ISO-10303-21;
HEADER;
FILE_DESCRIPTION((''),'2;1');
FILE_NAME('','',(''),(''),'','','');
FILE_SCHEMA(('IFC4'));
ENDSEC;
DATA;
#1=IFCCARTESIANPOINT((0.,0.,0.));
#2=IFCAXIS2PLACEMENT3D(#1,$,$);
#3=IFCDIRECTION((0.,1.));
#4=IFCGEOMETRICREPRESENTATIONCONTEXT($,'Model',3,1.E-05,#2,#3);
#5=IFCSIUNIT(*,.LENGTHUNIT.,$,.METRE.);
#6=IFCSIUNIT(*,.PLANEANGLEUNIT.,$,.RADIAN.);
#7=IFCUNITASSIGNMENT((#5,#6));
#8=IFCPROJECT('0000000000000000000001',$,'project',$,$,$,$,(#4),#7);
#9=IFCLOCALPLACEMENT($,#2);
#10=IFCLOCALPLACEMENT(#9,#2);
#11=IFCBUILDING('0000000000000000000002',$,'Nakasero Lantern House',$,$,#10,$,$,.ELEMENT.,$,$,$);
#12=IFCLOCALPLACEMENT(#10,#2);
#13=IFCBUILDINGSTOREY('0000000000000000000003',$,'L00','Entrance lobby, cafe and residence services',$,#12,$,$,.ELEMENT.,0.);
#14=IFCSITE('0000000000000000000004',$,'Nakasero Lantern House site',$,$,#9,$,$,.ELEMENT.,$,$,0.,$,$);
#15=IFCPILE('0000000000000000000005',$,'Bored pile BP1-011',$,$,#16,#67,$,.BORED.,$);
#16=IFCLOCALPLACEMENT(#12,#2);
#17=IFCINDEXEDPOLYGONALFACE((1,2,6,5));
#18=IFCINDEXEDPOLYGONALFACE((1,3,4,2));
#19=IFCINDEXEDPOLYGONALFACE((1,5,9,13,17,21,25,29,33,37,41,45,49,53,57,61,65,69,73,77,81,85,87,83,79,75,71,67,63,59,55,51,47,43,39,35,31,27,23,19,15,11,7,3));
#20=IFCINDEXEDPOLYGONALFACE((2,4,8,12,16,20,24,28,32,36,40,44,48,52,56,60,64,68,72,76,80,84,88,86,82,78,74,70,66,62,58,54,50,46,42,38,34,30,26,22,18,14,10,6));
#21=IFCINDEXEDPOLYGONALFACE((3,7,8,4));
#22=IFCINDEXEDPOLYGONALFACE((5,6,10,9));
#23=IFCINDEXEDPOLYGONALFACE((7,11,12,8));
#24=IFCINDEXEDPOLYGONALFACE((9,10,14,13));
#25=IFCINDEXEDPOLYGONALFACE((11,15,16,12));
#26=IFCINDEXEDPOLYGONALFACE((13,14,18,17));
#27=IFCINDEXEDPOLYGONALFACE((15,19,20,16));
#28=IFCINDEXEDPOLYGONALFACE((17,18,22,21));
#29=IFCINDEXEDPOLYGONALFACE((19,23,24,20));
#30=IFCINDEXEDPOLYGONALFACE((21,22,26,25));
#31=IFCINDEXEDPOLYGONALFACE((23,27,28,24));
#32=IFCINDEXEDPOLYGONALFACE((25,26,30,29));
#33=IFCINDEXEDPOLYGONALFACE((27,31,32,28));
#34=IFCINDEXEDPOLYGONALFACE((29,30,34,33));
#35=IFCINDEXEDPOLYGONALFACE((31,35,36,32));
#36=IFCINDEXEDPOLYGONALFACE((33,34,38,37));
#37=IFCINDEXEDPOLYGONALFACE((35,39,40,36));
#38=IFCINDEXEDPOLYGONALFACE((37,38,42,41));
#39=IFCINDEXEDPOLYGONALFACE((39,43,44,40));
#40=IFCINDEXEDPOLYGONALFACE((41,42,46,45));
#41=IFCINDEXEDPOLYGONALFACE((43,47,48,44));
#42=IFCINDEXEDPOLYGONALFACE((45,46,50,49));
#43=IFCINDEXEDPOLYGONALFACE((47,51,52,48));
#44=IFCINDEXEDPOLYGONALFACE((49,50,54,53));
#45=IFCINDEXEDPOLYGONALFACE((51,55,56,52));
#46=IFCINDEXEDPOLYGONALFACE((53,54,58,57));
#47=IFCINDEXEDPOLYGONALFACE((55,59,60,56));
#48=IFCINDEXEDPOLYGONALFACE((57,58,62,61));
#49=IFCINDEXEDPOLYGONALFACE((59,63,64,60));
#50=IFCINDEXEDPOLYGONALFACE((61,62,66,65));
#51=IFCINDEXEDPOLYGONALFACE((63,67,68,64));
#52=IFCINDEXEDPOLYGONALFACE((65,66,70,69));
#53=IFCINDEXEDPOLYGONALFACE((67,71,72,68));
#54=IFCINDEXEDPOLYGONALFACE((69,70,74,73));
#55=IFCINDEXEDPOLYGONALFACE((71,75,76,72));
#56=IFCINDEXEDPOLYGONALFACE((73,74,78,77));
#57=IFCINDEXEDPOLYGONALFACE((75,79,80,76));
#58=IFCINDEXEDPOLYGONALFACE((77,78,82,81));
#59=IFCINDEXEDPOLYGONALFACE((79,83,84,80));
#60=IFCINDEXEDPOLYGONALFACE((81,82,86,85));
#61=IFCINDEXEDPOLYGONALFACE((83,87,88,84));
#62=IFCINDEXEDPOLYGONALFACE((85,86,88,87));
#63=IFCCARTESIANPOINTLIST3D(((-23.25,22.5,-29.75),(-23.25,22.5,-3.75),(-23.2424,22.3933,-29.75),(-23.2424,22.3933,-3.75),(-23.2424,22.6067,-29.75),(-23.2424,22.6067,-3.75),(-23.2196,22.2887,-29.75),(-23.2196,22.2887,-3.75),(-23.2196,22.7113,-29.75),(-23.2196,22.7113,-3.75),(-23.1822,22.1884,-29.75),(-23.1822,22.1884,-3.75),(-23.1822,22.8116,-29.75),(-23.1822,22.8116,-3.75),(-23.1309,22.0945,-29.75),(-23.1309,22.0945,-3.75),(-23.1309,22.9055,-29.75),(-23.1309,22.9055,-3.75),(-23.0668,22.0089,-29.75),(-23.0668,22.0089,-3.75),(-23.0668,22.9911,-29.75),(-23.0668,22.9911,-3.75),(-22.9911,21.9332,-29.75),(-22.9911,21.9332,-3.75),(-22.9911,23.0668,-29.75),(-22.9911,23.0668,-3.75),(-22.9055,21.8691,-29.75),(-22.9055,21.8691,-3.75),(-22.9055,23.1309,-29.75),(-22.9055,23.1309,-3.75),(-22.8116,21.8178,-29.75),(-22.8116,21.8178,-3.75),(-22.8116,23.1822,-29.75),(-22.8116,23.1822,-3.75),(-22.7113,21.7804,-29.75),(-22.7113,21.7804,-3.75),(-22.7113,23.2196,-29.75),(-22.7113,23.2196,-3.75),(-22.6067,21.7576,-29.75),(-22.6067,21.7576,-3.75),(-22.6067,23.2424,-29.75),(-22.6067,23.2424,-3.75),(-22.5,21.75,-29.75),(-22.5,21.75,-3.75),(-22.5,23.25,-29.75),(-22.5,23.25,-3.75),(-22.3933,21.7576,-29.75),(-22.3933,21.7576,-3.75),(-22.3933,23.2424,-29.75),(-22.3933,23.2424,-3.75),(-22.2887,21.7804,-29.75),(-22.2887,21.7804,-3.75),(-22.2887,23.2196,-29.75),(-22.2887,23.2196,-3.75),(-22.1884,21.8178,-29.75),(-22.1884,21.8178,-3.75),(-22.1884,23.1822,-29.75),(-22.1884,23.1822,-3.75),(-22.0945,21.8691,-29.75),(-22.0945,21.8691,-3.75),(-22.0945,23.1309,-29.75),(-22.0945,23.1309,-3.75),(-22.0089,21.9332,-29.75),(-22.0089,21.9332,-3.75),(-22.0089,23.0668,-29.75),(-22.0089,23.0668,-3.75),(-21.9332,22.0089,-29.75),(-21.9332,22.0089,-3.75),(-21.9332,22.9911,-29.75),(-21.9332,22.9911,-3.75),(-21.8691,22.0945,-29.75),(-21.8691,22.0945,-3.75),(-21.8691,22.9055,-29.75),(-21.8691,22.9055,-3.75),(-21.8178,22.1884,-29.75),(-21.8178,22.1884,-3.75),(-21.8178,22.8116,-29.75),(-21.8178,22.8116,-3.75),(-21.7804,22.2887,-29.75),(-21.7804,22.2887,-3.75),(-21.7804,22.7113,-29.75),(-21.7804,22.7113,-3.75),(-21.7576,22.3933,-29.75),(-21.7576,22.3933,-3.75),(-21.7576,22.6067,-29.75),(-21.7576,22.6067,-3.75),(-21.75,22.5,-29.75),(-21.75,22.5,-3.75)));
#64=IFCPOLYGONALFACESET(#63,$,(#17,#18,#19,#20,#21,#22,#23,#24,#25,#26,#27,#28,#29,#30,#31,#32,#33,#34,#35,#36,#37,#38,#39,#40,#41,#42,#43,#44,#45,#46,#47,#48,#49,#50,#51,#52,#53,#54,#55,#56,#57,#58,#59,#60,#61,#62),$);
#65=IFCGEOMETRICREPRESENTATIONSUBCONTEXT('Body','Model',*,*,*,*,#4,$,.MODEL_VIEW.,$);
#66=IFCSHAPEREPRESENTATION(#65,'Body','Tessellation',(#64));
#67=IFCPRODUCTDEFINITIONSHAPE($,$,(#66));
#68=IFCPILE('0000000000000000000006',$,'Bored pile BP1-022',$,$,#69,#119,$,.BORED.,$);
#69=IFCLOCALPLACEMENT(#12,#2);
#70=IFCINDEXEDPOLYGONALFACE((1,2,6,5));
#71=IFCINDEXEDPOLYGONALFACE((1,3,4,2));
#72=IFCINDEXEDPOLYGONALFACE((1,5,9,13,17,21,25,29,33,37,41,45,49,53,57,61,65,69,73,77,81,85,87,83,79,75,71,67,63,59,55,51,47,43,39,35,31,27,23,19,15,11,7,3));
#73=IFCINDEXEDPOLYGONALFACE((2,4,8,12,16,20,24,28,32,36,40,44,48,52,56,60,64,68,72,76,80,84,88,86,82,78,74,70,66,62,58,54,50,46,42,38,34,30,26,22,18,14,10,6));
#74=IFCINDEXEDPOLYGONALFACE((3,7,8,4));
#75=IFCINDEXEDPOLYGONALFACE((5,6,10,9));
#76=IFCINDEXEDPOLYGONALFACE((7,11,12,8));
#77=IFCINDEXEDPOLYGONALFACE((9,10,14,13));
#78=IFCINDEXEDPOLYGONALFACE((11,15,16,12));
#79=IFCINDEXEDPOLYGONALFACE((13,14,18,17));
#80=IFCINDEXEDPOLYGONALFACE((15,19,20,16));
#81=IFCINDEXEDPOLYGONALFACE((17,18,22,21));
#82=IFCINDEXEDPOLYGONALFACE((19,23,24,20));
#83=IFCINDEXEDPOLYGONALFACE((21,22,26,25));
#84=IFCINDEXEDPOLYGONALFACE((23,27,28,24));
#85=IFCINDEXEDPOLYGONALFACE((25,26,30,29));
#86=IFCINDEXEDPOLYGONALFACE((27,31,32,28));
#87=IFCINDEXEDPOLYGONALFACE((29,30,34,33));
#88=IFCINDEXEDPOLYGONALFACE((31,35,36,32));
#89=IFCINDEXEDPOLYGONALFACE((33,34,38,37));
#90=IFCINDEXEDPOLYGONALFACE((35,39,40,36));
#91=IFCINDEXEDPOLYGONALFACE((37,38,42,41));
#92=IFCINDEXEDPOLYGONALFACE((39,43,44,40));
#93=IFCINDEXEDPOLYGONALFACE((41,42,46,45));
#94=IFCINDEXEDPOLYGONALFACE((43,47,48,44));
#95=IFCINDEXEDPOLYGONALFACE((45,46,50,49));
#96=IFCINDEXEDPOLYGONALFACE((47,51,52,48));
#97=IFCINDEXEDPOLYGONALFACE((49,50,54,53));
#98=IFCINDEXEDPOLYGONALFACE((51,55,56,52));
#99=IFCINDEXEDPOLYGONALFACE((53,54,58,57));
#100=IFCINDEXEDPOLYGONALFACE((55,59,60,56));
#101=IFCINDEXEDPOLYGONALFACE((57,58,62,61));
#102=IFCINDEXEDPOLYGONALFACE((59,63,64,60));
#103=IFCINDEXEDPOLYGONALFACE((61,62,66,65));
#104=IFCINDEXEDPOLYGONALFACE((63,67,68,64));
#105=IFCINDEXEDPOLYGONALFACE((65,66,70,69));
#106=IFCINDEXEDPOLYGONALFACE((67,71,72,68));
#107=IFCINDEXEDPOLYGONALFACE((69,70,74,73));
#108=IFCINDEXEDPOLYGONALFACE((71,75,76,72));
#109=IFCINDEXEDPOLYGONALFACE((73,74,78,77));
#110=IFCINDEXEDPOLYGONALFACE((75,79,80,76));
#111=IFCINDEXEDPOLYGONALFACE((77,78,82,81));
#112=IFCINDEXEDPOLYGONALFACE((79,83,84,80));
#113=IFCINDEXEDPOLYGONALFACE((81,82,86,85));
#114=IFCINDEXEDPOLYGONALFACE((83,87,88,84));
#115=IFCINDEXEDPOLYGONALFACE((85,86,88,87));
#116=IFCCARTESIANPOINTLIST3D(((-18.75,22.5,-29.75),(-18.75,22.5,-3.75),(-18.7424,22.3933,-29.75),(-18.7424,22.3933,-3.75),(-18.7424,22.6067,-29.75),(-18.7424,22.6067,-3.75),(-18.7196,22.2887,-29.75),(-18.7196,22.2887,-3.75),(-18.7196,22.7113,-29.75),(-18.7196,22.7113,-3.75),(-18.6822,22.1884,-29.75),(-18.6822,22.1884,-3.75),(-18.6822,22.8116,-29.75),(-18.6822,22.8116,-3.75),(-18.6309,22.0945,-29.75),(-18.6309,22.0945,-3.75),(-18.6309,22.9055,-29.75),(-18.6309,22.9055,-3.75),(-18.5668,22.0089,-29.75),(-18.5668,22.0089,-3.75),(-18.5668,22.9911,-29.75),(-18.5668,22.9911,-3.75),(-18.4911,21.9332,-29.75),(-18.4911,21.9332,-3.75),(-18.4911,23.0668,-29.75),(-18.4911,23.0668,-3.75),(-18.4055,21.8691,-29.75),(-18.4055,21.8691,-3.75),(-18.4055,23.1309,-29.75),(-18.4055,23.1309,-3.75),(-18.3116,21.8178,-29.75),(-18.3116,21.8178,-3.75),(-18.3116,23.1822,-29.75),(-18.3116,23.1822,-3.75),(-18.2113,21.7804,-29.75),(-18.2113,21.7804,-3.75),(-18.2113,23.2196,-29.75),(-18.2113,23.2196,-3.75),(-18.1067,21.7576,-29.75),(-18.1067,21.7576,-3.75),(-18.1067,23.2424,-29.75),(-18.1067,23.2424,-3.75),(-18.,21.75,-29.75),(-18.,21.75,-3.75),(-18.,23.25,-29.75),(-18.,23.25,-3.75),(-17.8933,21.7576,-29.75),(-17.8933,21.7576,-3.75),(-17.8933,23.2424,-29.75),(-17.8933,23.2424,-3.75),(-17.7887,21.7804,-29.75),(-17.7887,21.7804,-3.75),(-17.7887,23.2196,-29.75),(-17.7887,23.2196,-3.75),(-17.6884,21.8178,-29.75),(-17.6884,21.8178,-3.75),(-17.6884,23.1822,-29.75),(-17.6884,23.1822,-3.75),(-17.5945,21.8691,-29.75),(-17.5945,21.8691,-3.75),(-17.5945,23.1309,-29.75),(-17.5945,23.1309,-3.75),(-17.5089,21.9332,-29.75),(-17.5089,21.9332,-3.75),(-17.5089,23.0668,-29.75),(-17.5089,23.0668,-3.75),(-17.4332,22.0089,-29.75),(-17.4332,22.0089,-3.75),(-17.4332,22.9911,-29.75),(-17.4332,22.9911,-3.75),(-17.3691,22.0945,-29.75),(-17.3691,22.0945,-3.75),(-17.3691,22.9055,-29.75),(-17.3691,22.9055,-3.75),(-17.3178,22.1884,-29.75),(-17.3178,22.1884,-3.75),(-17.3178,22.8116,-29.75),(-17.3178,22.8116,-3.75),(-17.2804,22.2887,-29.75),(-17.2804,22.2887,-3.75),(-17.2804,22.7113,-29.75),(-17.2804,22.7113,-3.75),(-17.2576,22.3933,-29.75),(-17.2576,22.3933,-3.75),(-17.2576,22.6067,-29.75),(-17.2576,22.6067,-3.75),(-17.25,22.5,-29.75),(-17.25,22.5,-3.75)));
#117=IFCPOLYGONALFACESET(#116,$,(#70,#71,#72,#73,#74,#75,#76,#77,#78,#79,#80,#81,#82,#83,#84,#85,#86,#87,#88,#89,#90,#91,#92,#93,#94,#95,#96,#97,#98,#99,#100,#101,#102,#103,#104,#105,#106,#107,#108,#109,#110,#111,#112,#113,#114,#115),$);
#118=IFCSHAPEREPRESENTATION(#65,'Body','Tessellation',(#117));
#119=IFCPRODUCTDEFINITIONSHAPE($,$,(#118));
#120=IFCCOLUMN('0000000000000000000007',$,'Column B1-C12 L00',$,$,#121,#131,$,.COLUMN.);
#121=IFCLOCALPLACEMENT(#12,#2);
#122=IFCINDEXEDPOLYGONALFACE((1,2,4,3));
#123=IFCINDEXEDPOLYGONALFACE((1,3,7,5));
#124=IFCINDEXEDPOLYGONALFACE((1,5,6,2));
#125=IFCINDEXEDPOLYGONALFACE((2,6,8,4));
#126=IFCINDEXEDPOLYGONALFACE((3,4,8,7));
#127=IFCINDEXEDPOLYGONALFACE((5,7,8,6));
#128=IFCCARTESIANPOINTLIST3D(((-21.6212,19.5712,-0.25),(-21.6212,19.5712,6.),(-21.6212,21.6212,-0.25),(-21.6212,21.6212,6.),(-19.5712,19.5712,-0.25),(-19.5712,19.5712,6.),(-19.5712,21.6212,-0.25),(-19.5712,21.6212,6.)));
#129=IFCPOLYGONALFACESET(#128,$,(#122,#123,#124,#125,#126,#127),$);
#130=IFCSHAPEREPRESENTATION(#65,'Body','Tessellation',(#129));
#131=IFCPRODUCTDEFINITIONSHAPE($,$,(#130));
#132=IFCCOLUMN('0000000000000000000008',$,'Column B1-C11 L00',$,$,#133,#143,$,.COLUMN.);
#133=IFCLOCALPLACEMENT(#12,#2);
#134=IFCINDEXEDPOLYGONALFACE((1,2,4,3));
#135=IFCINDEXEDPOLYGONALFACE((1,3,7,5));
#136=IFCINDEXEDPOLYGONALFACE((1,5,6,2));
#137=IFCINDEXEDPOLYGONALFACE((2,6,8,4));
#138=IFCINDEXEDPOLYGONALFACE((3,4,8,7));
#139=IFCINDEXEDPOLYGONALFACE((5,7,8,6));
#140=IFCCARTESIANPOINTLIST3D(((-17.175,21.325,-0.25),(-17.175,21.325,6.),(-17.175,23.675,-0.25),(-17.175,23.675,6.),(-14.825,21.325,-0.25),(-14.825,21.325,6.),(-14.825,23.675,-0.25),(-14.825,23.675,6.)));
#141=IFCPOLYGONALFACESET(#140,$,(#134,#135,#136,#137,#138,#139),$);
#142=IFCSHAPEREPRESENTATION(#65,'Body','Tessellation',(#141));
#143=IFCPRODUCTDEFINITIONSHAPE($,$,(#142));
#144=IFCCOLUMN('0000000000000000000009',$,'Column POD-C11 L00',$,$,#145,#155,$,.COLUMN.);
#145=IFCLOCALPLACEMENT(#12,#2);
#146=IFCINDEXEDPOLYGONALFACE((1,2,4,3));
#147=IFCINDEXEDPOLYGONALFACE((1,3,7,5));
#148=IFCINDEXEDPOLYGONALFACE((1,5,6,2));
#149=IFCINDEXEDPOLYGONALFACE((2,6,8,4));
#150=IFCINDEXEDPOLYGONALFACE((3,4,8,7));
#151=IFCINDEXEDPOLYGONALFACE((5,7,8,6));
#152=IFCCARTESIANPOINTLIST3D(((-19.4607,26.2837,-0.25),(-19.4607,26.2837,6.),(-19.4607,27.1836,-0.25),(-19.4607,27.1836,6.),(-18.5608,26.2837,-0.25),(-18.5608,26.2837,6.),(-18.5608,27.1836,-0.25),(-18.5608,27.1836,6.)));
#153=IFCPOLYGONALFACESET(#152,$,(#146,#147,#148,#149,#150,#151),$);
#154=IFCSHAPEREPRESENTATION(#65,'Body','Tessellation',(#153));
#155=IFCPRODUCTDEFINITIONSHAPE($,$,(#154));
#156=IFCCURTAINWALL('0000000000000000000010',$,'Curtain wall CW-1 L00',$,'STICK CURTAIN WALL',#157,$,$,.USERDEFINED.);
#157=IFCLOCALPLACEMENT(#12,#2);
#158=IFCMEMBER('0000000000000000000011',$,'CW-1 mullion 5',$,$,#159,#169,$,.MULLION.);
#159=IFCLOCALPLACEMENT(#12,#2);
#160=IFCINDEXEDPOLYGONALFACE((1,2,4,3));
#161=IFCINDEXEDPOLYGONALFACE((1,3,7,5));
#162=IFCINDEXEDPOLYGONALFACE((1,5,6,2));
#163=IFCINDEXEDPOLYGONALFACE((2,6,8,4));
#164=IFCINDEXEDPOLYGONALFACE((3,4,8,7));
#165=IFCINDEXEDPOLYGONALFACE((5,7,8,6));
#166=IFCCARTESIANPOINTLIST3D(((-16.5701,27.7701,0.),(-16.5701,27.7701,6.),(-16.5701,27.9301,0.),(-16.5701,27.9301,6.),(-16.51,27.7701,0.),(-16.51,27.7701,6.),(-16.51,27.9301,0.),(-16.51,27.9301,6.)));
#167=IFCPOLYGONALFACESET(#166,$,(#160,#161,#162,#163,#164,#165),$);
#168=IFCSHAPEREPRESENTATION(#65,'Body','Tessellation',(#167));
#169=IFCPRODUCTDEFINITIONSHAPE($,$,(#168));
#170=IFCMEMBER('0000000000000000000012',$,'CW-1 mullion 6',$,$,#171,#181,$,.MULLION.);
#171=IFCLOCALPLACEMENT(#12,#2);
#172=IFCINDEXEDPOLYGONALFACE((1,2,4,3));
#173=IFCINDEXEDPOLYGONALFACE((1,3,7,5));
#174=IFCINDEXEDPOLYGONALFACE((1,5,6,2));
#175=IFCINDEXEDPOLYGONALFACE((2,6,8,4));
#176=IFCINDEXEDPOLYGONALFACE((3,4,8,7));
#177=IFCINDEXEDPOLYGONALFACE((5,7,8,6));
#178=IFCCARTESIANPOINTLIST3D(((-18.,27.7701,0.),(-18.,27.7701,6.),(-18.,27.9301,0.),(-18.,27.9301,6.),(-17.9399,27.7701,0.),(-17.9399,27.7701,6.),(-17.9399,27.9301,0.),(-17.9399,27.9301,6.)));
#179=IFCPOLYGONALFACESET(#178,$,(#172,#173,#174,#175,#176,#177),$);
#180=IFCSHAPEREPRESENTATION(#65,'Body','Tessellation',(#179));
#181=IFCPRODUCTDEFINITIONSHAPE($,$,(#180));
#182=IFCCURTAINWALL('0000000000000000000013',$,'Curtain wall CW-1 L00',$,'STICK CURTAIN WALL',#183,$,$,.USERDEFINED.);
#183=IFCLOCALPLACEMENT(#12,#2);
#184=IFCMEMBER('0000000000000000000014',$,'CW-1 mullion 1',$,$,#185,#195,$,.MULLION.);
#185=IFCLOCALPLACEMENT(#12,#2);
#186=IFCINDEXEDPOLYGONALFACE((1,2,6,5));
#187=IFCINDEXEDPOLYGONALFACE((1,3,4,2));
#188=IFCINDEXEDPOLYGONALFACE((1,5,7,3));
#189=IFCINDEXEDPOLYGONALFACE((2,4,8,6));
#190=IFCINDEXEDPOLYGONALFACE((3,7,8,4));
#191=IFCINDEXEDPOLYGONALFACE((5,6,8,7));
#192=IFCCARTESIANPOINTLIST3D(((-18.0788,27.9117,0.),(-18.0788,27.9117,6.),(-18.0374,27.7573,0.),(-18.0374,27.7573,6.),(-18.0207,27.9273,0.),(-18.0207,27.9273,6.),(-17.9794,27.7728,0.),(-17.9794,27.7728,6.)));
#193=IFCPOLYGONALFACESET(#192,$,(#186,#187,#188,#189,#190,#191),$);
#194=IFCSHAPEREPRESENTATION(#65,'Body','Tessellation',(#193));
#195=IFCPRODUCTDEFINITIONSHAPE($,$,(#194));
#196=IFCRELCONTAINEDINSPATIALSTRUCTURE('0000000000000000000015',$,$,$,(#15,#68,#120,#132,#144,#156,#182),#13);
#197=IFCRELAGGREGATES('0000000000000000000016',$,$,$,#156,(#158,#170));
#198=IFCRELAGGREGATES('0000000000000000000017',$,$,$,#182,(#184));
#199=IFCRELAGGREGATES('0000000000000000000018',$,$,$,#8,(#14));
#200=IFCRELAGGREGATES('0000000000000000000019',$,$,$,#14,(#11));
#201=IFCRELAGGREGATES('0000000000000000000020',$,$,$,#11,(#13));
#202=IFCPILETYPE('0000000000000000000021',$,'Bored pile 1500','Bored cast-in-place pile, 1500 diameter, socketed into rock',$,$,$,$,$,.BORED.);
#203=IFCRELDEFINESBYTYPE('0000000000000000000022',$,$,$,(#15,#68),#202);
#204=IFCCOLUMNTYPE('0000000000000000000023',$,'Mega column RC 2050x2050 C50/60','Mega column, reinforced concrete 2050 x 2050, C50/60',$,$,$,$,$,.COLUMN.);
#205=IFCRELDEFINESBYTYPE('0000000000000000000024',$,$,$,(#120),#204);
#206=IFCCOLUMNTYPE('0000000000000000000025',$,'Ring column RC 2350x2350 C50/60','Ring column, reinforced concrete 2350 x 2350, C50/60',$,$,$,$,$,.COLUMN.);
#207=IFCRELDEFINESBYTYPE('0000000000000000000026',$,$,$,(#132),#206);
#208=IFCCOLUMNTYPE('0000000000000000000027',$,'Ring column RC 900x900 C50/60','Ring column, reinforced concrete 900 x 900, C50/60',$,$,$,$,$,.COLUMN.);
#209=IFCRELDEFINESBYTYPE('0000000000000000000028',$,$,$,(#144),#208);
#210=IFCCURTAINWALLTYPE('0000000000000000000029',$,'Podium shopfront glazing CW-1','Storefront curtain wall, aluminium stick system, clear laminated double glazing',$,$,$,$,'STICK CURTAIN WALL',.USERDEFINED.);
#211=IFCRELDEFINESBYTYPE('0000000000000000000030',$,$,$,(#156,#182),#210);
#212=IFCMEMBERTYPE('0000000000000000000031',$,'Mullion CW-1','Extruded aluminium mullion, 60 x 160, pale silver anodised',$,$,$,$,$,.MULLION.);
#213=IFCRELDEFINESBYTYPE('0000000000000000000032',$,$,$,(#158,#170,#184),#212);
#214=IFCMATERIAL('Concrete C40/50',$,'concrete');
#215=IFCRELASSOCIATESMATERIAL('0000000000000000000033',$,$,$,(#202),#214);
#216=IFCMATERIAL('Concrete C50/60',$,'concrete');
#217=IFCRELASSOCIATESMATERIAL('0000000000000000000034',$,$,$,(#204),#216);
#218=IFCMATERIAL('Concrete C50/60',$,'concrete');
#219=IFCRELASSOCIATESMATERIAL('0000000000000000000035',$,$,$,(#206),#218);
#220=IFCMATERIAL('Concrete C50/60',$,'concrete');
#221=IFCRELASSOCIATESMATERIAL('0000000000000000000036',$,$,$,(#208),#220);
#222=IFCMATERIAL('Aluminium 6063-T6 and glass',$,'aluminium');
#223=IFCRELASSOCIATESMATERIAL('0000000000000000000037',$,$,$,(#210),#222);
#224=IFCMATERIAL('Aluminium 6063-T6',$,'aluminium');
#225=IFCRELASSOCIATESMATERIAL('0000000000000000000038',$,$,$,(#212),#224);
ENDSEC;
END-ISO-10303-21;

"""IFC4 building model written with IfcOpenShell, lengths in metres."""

from ifc_helpers import new_model, si_unit, direction, frame, origin, origin_2d, place, context, subcontext, project, spatial, rectangle, circle, extrude, material, material_profile, profile_set, type_object, element, aggregate, save


model = new_model("IFC4")

# Units and contexts
model_context = context("Model", 3, precision=1e-05, world=origin(), true_north=direction((0.0, 1.0)))
body_context = subcontext(model_context, "Body", "Model", "MODEL_VIEW")
ifc_project = project(units=[si_unit("LENGTHUNIT", "METRE"), si_unit("PLANEANGLEUNIT", "RADIAN")], contexts=[model_context])

# Site, building, storey
site_placement = place(None, origin())
site = spatial("IfcSite", under=ifc_project, at=site_placement, Name="Nakasero Lantern House site", CompositionType="ELEMENT", RefElevation=0.0)
building_placement = place(site_placement, origin())
building = spatial("IfcBuilding", under=site, at=building_placement, Name="Nakasero Lantern House", CompositionType="ELEMENT")
storey_placement = place(building_placement, origin())
storey = spatial("IfcBuildingStorey", under=building, at=storey_placement, Name="L00", Description="Entrance lobby, cafe and residence services", CompositionType="ELEMENT", Elevation=0.0)

# Piles
ifc_material_1 = material(Name="Concrete C40/50", Category="concrete")
pile_type = type_object("IfcPileType", Name="Bored pile 1500", Description="Bored cast-in-place pile, 1500 diameter, socketed into rock", PredefinedType="BORED", material=ifc_material_1)
for number, where, z_axis, x_axis, name in (
    (1, (-22.5, 22.5, -3.75), (0.0, 0.0, -1.0), (1.0, 0.0, 0.0), "Bored pile BP1-011"),
    (2, (-18.0, 22.5, -3.75), (0.0, 0.0, -1.0), (1.0, 0.0, 0.0), "Bored pile BP1-022"),
):
    element("IfcPile", number, at=place(storey_placement, frame(where, z_axis=z_axis, x_axis=x_axis)), inside=storey, type_object=pile_type, Name=name, PredefinedType="BORED", context=body_context, shape_type="SweptSolid", body=[
        extrude(circle(Radius=0.75, at=origin_2d()), origin(), (0.0, 0.0, 1.0), 26.0),
    ])

# Columns
ifc_material_2 = material(Name="Concrete C50/60", Category="concrete")
ifc_material_profile_1 = material_profile(ifc_material_2, rectangle(XDim=2.05, YDim=2.05, at=origin_2d()), Name="RC 2050x2050")
ifc_profile_set_1 = profile_set([ifc_material_profile_1], Name="Concrete C50/60")
column_type_1 = type_object("IfcColumnType", Name="Mega column RC 2050x2050 C50/60", Description="Mega column, reinforced concrete 2050 x 2050, C50/60", PredefinedType="COLUMN", material=ifc_profile_set_1)
column_1_placement = place(storey_placement, frame((-20.5962, 20.5962, -0.25), z_axis=(0.0, 0.0, 1.0), x_axis=(1.0, 0.0, 0.0)))
element("IfcColumn", 3, at=column_1_placement, inside=storey, type_object=column_type_1, Name="Column B1-C12 L00", PredefinedType="COLUMN", context=body_context, shape_type="SweptSolid", body=[
    extrude(rectangle(XDim=2.05, YDim=2.05, at=origin_2d()), origin(), (0.0, 0.0, 1.0), 6.25),
])
ifc_material_3 = material(Name="Concrete C50/60", Category="concrete")
ifc_material_profile_2 = material_profile(ifc_material_3, rectangle(XDim=2.3501, YDim=2.3501, at=origin_2d()), Name="RC 2350x2350")
ifc_profile_set_2 = profile_set([ifc_material_profile_2], Name="Concrete C50/60")
column_type_2 = type_object("IfcColumnType", Name="Ring column RC 2350x2350 C50/60", Description="Ring column, reinforced concrete 2350 x 2350, C50/60", PredefinedType="COLUMN", material=ifc_profile_set_2)
column_2_placement = place(storey_placement, frame((-16.0, 22.5, -0.25), z_axis=(0.0, 0.0, 1.0), x_axis=(1.0, 0.0, 0.0)))
element("IfcColumn", 4, at=column_2_placement, inside=storey, type_object=column_type_2, Name="Column B1-C11 L00", PredefinedType="COLUMN", context=body_context, shape_type="SweptSolid", body=[
    extrude(rectangle(XDim=2.3501, YDim=2.3501, at=origin_2d()), origin(), (0.0, 0.0, 1.0), 6.25),
])
ifc_material_4 = material(Name="Concrete C50/60", Category="concrete")
ifc_material_profile_3 = material_profile(ifc_material_4, rectangle(XDim=0.8999, YDim=0.8999, at=origin_2d()), Name="RC 900x900")
ifc_profile_set_3 = profile_set([ifc_material_profile_3], Name="Concrete C50/60")
column_type_3 = type_object("IfcColumnType", Name="Ring column RC 900x900 C50/60", Description="Ring column, reinforced concrete 900 x 900, C50/60", PredefinedType="COLUMN", material=ifc_profile_set_3)
column_3_placement = place(storey_placement, frame((-19.0107, 26.7336, -0.25), z_axis=(0.0, 0.0, 1.0), x_axis=(1.0, 0.0, 0.0)))
element("IfcColumn", 5, at=column_3_placement, inside=storey, type_object=column_type_3, Name="Column POD-C11 L00", PredefinedType="COLUMN", context=body_context, shape_type="SweptSolid", body=[
    extrude(rectangle(XDim=0.8999, YDim=0.8999, at=origin_2d()), origin(), (0.0, 0.0, 1.0), 6.25),
])

# Curtain walls, members
ifc_material_5 = material(Name="Aluminium 6063-T6 and glass", Category="aluminium")
curtain_wall_type = type_object("IfcCurtainWallType", Name="Podium shopfront glazing CW-1", Description="Storefront curtain wall, aluminium stick system, clear laminated double glazing", ElementType="STICK CURTAIN WALL", PredefinedType="USERDEFINED", material=ifc_material_5)
curtain_wall_1_placement = place(storey_placement, origin())
curtain_wall_1 = element("IfcCurtainWall", 6, at=curtain_wall_1_placement, inside=storey, type_object=curtain_wall_type, Name="Curtain wall CW-1 L00", ObjectType="STICK CURTAIN WALL", PredefinedType="USERDEFINED")
ifc_material_6 = material(Name="Aluminium 6063-T6", Category="aluminium")
ifc_material_profile_4 = material_profile(ifc_material_6, rectangle(XDim=0.0601, YDim=0.1599, at=origin_2d()), Name="CW-1 mullion 60x160")
ifc_profile_set_4 = profile_set([ifc_material_profile_4], Name="Aluminium 6063-T6")
member_type_1 = type_object("IfcMemberType", Name="Mullion CW-1", Description="Extruded aluminium mullion, 60 x 160, pale silver anodised", PredefinedType="MULLION", material=ifc_profile_set_4)
member_1_placement = place(storey_placement, frame((-16.54, 27.8501, 0.0), z_axis=(0.0, 0.0, 1.0), x_axis=(-1.0, 0.0, 0.0)))
member_1 = element("IfcMember", 7, at=member_1_placement, type_object=member_type_1, Name="CW-1 mullion 5", PredefinedType="MULLION", context=body_context, shape_type="SweptSolid", body=[
    extrude(rectangle(XDim=0.0601, YDim=0.1599, at=origin_2d()), origin(), (0.0, 0.0, 1.0), 6.0),
])
member_2_placement = place(storey_placement, frame((-17.97, 27.8501, 0.0), z_axis=(0.0, 0.0, 1.0), x_axis=(-1.0, 0.0, 0.0)))
member_2 = element("IfcMember", 8, at=member_2_placement, type_object=member_type_1, Name="CW-1 mullion 6", PredefinedType="MULLION", context=body_context, shape_type="SweptSolid", body=[
    extrude(rectangle(XDim=0.0601, YDim=0.1599, at=origin_2d()), origin(), (0.0, 0.0, 1.0), 6.0),
])
curtain_wall_2_placement = place(storey_placement, origin())
curtain_wall_2 = element("IfcCurtainWall", 9, at=curtain_wall_2_placement, inside=storey, type_object=curtain_wall_type, Name="Curtain wall CW-1 L00", ObjectType="STICK CURTAIN WALL", PredefinedType="USERDEFINED")
member_3_placement = place(storey_placement, frame((-18.0291, 27.8423, 0.0), z_axis=(0.0, 0.0, 1.0), x_axis=(-0.965926, -0.258819, 0.0)))
member_3 = element("IfcMember", 10, at=member_3_placement, type_object=member_type_1, Name="CW-1 mullion 1", PredefinedType="MULLION", context=body_context, shape_type="SweptSolid", body=[
    extrude(rectangle(XDim=0.0601, YDim=0.1599, at=origin_2d()), origin(), (0.0, 0.0, 1.0), 6.0),
])

aggregate(curtain_wall_1, [member_1, member_2])
aggregate(curtain_wall_2, [member_3])

save(model, "model.ifc")
